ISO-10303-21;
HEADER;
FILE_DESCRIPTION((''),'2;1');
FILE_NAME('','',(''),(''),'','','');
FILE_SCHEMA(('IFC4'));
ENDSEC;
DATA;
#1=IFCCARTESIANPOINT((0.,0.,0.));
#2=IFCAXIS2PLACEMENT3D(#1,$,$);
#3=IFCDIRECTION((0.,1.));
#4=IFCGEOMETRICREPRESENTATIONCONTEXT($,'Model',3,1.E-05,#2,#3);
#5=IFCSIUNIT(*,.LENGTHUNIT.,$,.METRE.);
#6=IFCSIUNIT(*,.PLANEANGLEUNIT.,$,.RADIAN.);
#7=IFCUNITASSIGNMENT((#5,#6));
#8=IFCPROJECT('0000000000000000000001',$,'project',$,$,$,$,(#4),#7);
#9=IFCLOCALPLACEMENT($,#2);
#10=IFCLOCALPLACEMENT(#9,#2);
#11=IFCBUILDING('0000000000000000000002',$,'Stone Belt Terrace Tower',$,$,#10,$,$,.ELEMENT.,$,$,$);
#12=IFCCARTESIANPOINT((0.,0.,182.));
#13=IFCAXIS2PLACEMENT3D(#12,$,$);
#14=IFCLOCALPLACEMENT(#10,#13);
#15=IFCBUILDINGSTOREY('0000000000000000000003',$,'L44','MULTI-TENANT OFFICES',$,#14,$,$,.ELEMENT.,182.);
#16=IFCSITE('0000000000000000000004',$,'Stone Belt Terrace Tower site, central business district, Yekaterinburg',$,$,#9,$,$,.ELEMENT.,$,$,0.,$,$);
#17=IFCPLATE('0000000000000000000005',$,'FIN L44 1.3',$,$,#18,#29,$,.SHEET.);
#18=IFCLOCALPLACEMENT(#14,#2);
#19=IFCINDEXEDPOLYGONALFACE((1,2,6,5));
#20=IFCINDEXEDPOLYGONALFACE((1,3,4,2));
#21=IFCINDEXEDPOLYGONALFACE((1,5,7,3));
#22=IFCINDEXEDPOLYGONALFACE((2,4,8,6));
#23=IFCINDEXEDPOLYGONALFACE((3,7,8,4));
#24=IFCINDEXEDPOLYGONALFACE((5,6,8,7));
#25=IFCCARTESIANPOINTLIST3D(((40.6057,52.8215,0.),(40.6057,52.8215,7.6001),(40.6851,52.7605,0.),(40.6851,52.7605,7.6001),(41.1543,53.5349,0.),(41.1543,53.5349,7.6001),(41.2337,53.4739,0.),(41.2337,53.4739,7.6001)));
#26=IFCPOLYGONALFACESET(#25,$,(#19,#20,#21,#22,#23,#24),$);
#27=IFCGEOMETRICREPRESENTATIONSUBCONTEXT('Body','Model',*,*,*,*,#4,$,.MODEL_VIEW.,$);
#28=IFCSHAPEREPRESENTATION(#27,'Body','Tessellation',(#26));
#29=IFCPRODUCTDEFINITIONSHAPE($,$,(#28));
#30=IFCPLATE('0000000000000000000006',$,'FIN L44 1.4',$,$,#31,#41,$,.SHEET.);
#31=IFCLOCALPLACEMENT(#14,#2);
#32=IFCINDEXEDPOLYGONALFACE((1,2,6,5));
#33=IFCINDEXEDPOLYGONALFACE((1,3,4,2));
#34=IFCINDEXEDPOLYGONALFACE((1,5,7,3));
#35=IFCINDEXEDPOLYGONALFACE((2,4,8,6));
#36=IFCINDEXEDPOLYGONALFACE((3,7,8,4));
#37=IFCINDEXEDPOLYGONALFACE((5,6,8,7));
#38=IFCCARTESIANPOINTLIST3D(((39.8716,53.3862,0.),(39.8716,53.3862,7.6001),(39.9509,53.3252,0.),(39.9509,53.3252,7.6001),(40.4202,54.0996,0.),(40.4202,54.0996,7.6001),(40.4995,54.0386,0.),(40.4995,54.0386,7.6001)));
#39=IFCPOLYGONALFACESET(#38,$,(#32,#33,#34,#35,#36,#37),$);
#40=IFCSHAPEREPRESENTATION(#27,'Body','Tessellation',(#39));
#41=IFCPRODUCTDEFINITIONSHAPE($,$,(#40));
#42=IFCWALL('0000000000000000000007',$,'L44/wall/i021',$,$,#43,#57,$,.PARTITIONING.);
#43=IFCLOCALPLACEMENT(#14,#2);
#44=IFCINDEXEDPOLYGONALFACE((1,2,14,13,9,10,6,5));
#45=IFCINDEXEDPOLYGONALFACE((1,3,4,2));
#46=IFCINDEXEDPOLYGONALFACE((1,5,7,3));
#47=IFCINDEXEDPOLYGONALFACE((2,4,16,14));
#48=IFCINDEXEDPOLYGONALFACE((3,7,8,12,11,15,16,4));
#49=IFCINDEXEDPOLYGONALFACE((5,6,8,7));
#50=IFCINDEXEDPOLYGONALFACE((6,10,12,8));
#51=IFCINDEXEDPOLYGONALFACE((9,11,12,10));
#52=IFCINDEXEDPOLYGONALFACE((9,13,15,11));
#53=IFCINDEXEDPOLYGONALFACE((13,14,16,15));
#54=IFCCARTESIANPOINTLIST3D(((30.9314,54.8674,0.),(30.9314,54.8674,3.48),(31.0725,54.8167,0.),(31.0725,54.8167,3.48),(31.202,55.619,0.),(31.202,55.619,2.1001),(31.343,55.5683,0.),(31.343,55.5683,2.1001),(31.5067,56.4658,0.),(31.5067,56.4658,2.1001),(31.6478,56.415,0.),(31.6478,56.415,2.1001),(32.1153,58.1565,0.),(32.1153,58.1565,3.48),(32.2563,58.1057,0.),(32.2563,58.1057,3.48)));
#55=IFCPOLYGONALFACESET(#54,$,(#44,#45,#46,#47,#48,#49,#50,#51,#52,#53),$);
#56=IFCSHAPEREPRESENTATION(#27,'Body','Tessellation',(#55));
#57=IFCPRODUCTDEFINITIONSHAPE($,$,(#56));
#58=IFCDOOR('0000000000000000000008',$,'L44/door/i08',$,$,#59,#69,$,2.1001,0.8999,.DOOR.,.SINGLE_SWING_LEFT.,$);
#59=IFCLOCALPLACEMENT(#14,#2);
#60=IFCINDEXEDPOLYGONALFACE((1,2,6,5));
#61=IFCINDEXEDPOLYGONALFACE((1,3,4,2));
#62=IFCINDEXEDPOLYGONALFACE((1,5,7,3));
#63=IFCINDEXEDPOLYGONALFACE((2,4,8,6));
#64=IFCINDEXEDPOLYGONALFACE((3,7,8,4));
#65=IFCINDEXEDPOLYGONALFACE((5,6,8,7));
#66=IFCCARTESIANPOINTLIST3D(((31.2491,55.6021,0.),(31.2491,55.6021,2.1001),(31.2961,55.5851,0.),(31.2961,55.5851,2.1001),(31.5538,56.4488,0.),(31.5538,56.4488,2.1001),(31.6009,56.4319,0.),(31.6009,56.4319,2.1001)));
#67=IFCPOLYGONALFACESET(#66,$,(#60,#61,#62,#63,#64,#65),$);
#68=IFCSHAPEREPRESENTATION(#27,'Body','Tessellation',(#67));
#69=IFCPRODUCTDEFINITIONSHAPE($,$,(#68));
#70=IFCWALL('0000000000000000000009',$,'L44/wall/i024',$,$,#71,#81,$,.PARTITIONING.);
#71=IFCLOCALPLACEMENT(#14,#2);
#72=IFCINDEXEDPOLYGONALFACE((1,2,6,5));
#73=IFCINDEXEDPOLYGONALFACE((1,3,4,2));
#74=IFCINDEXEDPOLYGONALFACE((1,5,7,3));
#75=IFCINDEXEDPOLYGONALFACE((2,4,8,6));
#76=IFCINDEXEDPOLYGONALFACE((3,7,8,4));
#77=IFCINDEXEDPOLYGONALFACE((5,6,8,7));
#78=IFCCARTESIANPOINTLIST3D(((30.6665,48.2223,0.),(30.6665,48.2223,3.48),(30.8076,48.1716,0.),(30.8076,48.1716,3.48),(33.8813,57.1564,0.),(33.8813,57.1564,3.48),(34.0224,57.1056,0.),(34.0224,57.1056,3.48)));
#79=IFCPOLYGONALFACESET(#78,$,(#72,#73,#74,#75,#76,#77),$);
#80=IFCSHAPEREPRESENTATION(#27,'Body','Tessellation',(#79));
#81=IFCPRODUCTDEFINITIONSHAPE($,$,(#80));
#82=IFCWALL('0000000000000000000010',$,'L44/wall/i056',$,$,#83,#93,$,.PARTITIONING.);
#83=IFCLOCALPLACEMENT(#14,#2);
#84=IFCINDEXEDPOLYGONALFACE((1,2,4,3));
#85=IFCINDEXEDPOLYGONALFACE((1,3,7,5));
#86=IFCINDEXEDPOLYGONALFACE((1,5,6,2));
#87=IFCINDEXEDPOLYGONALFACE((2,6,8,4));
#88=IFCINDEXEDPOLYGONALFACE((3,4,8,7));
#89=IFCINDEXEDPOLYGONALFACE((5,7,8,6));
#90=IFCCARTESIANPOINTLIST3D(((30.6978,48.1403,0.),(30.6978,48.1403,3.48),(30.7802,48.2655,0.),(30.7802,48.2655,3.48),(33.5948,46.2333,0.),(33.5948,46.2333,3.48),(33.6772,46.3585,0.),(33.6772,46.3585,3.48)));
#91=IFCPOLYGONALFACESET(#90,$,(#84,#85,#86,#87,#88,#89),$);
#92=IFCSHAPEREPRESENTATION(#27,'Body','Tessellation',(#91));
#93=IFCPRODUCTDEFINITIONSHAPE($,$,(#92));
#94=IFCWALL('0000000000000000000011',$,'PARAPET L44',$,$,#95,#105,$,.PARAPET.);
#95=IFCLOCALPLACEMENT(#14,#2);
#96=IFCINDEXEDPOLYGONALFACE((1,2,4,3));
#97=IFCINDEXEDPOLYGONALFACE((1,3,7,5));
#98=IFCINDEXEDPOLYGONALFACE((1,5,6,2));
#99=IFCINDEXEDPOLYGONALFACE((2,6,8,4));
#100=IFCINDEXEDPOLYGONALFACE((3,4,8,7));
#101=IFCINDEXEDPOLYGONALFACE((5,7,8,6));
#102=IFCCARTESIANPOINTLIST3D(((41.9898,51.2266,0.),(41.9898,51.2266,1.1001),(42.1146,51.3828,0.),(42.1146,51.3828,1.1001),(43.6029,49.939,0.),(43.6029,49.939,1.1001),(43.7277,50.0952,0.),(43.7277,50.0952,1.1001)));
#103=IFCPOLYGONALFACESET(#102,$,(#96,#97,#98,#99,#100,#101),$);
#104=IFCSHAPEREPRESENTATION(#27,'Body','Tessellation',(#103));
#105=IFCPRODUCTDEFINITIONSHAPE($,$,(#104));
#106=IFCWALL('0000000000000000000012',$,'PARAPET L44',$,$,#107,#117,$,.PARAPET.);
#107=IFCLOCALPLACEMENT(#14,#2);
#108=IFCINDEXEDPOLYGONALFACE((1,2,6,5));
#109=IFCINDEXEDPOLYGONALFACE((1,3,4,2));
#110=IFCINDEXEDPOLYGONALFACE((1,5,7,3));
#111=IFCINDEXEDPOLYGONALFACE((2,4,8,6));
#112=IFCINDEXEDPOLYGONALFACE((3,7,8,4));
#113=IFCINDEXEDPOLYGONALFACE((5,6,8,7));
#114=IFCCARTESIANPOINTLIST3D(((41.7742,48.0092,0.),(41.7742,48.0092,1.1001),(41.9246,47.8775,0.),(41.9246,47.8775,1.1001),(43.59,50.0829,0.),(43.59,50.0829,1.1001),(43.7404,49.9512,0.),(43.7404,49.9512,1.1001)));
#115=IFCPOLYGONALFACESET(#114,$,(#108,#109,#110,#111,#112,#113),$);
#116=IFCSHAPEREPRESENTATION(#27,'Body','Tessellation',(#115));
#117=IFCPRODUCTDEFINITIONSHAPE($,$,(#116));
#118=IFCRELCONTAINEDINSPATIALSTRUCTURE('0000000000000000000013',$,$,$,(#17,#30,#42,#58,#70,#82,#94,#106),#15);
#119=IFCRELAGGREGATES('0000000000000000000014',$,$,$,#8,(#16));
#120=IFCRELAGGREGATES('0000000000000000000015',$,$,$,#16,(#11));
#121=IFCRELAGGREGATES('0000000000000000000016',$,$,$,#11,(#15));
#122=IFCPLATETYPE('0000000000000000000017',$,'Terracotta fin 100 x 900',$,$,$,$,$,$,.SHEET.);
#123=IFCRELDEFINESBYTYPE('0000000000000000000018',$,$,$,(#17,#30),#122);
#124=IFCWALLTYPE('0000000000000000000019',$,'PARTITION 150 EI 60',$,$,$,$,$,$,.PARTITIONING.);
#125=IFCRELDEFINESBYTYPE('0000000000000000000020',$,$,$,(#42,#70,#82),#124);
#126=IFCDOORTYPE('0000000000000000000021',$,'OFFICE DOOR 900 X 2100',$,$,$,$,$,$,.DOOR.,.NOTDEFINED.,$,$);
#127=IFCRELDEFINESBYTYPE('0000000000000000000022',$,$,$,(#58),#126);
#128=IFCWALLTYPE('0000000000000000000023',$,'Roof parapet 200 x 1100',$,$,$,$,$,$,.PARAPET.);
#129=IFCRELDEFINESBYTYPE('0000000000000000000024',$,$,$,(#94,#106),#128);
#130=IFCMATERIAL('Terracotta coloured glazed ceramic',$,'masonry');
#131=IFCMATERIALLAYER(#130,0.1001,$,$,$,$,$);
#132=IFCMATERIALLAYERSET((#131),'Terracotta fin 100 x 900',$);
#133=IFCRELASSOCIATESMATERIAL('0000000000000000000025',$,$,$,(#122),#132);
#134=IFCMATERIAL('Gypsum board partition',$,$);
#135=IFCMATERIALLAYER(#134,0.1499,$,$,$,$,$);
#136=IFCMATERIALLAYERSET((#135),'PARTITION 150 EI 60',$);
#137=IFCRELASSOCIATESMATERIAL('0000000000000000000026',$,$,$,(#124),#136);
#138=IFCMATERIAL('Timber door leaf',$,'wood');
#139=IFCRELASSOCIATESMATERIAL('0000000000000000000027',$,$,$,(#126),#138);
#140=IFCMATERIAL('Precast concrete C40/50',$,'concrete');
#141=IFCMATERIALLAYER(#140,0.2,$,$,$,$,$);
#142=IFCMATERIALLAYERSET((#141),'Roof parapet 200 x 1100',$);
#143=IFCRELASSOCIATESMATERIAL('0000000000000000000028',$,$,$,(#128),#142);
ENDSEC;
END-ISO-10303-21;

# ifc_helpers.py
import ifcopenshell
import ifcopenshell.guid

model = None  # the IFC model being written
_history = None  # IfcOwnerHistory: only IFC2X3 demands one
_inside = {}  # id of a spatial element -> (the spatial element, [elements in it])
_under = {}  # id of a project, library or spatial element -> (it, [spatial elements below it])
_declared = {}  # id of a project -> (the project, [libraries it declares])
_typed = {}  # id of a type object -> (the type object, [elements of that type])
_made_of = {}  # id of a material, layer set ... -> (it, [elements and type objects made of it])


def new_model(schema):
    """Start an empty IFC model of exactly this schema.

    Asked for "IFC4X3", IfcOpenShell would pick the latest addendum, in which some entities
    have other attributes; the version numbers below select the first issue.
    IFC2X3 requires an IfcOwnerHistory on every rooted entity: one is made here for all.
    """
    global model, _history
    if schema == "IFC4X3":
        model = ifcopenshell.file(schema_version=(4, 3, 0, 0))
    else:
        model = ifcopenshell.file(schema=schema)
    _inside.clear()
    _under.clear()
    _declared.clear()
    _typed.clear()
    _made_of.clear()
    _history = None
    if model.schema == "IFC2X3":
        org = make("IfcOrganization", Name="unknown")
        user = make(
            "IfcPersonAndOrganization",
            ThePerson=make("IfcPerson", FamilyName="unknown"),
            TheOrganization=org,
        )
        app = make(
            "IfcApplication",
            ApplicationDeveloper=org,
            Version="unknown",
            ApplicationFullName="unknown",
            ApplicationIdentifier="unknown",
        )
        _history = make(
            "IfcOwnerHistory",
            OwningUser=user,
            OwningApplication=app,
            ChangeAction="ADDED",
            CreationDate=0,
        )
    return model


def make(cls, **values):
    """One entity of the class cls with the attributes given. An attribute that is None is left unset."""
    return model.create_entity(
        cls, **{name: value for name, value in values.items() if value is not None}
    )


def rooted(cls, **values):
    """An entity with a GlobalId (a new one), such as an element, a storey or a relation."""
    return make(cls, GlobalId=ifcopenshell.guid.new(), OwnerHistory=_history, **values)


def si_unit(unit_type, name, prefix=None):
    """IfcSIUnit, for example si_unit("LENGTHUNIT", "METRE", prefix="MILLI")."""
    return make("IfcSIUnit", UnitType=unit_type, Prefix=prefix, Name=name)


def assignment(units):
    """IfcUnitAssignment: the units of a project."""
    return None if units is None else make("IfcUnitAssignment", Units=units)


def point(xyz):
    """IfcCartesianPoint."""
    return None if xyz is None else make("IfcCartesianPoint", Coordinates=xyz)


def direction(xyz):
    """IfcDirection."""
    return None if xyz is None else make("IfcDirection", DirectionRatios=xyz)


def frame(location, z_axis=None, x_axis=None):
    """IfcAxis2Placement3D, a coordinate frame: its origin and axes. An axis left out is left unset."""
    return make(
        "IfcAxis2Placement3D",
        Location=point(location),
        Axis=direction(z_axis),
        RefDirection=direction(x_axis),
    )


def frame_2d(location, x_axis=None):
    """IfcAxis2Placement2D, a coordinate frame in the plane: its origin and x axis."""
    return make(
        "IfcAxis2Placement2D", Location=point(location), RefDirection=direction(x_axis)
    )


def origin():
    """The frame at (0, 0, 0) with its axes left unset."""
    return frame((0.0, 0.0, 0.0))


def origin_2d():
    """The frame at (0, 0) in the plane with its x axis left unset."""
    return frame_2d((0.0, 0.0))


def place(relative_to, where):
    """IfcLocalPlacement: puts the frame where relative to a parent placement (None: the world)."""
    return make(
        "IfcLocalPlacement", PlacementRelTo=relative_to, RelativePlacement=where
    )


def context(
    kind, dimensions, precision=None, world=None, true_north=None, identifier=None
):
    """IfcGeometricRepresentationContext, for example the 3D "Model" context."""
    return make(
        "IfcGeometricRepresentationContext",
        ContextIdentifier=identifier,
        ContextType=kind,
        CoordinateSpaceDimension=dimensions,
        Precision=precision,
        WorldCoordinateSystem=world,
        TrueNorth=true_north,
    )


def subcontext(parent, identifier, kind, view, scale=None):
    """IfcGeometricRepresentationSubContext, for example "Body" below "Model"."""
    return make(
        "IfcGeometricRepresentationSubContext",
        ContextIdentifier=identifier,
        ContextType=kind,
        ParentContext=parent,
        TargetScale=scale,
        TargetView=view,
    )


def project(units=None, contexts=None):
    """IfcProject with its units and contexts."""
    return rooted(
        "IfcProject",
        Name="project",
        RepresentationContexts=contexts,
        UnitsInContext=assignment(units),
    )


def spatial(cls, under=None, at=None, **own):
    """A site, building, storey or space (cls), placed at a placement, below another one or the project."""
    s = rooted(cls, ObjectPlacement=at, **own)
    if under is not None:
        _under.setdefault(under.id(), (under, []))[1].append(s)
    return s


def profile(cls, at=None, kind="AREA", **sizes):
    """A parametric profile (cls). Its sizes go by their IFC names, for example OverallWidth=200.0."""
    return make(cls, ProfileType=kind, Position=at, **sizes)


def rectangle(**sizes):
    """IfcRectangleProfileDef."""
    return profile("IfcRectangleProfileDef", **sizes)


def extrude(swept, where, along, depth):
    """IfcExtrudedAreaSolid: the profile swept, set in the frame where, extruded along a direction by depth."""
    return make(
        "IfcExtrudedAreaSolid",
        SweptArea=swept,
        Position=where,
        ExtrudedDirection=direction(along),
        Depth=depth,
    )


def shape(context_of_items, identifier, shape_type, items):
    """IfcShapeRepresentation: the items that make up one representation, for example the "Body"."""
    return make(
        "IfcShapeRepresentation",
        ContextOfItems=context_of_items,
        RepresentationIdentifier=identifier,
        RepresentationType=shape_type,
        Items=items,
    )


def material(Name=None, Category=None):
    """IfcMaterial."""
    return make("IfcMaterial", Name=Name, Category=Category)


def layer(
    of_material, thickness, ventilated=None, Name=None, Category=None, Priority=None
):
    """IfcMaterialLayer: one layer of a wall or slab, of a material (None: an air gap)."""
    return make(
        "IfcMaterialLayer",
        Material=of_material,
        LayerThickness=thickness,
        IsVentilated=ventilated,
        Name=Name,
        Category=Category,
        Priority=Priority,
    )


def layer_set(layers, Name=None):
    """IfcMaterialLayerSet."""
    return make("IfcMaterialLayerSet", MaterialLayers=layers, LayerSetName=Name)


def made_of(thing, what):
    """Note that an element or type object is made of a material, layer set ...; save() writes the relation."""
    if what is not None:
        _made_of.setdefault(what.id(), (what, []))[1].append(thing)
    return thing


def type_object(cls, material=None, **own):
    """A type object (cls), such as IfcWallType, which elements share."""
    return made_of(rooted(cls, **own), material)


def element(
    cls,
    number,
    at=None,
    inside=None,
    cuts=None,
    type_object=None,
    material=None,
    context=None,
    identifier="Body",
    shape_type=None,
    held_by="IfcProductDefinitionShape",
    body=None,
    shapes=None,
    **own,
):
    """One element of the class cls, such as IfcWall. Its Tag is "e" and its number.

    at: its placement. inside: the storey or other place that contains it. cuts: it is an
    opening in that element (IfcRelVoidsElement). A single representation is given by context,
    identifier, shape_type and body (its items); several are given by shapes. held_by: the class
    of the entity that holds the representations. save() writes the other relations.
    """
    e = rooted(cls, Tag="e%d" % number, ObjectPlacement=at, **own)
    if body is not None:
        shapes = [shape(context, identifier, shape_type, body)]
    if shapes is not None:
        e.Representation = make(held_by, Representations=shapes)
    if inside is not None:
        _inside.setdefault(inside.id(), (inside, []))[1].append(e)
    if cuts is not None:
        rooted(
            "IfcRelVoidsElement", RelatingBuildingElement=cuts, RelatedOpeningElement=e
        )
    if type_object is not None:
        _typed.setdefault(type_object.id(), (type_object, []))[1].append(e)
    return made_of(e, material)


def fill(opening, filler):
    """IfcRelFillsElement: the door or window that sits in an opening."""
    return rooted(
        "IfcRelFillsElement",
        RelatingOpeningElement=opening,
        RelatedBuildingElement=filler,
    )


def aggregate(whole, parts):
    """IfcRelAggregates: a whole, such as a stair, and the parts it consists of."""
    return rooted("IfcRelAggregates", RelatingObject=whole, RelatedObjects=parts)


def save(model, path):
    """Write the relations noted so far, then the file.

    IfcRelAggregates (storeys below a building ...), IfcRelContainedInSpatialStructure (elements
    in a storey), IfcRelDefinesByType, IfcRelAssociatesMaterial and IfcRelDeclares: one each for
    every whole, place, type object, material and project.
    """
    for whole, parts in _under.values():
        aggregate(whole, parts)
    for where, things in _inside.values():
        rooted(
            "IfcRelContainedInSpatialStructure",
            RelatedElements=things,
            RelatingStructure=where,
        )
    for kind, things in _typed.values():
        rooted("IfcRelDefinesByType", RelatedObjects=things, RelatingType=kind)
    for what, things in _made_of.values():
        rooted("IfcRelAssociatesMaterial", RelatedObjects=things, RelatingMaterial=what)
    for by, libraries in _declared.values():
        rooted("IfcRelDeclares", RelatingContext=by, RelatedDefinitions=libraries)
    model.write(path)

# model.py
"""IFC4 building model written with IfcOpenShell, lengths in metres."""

from ifc_helpers import new_model, si_unit, direction, frame, frame_2d, origin, origin_2d, place, context, subcontext, project, spatial, rectangle, extrude, material, layer, layer_set, type_object, element, fill, save


model = new_model("IFC4")

# Units and contexts
model_context = context("Model", 3, precision=1e-05, world=origin(), true_north=direction((0.0, 1.0)))
body_context = subcontext(model_context, "Body", "Model", "MODEL_VIEW")
ifc_project = project(units=[si_unit("LENGTHUNIT", "METRE"), si_unit("PLANEANGLEUNIT", "RADIAN")], contexts=[model_context])

# Site, building, storey
site_placement = place(None, origin())
site = spatial("IfcSite", under=ifc_project, at=site_placement, Name="Stone Belt Terrace Tower site, central business district, Yekaterinburg", CompositionType="ELEMENT", RefElevation=0.0)
building_placement = place(site_placement, origin())
building = spatial("IfcBuilding", under=site, at=building_placement, Name="Stone Belt Terrace Tower", CompositionType="ELEMENT")
storey_placement = place(building_placement, frame((0.0, 0.0, 182.0)))
storey = spatial("IfcBuildingStorey", under=building, at=storey_placement, Name="L44", Description="MULTI-TENANT OFFICES", CompositionType="ELEMENT", Elevation=182.0)

# Plates
ifc_material_1 = material(Name="Terracotta coloured glazed ceramic", Category="masonry")
ifc_layer_1 = layer(ifc_material_1, 0.1001)
ifc_layer_set_1 = layer_set([ifc_layer_1], Name="Terracotta fin 100 x 900")
plate_type_1 = type_object("IfcPlateType", Name="Terracotta fin 100 x 900", PredefinedType="SHEET", material=ifc_layer_set_1)
for number, where, z_axis, x_axis, name in (
    (1, (40.9197, 53.1477, 0.0), (0.0, 0.0, 1.0), (0.60962, 0.792694, 0.0), "FIN L44 1.3"),
    (2, (40.1855, 53.7124, 0.0), (0.0, 0.0, 1.0), (0.60962, 0.792694, 0.0), "FIN L44 1.4"),
):
    element("IfcPlate", number, at=place(storey_placement, frame(where, z_axis=z_axis, x_axis=x_axis)), inside=storey, type_object=plate_type_1, Name=name, PredefinedType="SHEET", context=body_context, shape_type="SweptSolid", body=[
        extrude(rectangle(XDim=0.8999, YDim=0.1001, at=origin_2d()), origin(), (0.0, 0.0, 1.0), 7.6001),
    ])

# Wall, opening, door
ifc_material_2 = material(Name="Gypsum board partition")
ifc_layer_2 = layer(ifc_material_2, 0.1499)
ifc_layer_set_2 = layer_set([ifc_layer_2], Name="PARTITION 150 EI 60")
wall_type_1 = type_object("IfcWallType", Name="PARTITION 150 EI 60", PredefinedType="PARTITIONING", material=ifc_layer_set_2)
wall_1_placement = place(storey_placement, frame((31.002, 54.842, 0.0), z_axis=(0.0, 0.0, 1.0), x_axis=(0.338663, 0.940908, 0.0)))
wall_1 = element("IfcWall", 3, at=wall_1_placement, inside=storey, type_object=wall_type_1, Name="L44/wall/i021", PredefinedType="PARTITIONING", context=body_context, shape_type="SweptSolid", body=[
    extrude(rectangle(XDim=3.4956, YDim=0.1499, at=frame_2d((1.7478, 0.0))), origin(), (0.0, 0.0, 1.0), 3.48),
])
opening_placement = place(wall_1_placement, frame((0.7988, 0.0, 0.0)))
opening = element("IfcOpeningElement", 4, at=opening_placement, cuts=wall_1, PredefinedType="OPENING", context=body_context, shape_type="SweptSolid", body=[
    extrude(rectangle(XDim=0.8999, YDim=2.1001, at=frame_2d((0.45, 1.05))), frame((0.0, 0.085, 0.0), z_axis=(0.0, -1.0, 0.0), x_axis=(1.0, 0.0, 0.0)), (0.0, 0.0, 1.0), 0.1699),
])
ifc_material_3 = material(Name="Timber door leaf", Category="wood")
door_type = type_object("IfcDoorType", Name="OFFICE DOOR 900 X 2100", OperationType="NOTDEFINED", PredefinedType="DOOR", material=ifc_material_3)
door_placement = place(opening_placement, origin())
door = element("IfcDoor", 5, at=door_placement, inside=storey, type_object=door_type, Name="L44/door/i08", OperationType="SINGLE_SWING_LEFT", OverallHeight=2.1001, OverallWidth=0.8999, PredefinedType="DOOR", context=body_context, shape_type="SweptSolid", body=[
    extrude(rectangle(XDim=0.8999, YDim=2.1001, at=frame_2d((0.45, 1.05))), frame((0.0, 0.0249, 0.0), z_axis=(0.0, -1.0, 0.0), x_axis=(1.0, 0.0, 0.0)), (0.0, 0.0, 1.0), 0.05),
])
fill(opening, door)

# Walls
wall_2_placement = place(storey_placement, frame((33.9519, 57.1311, 0.0), z_axis=(0.0, 0.0, 1.0), x_axis=(-0.338587, -0.940935, 0.0)))
element("IfcWall", 6, at=wall_2_placement, inside=storey, type_object=wall_type_1, Name="L44/wall/i024", PredefinedType="PARTITIONING", context=body_context, shape_type="SweptSolid", body=[
    extrude(rectangle(XDim=9.4949, YDim=0.1499, at=frame_2d((4.7476, 0.0))), origin(), (0.0, 0.0, 1.0), 3.48),
])
wall_3_placement = place(storey_placement, frame((30.739, 48.2029, 0.0), z_axis=(0.0, 0.0, 1.0), x_axis=(0.835274, -0.549834, 0.0)))
element("IfcWall", 7, at=wall_3_placement, inside=storey, type_object=wall_type_1, Name="L44/wall/i056", PredefinedType="PARTITIONING", context=body_context, shape_type="SweptSolid", body=[
    extrude(rectangle(XDim=3.4683, YDim=0.1499, at=frame_2d((1.7341, 0.0))), origin(), (0.0, 0.0, 1.0), 3.48),
])
ifc_material_4 = material(Name="Precast concrete C40/50", Category="concrete")
ifc_layer_3 = layer(ifc_material_4, 0.2)
ifc_layer_set_3 = layer_set([ifc_layer_3], Name="Roof parapet 200 x 1100")
wall_type_2 = type_object("IfcWallType", Name="Roof parapet 200 x 1100", PredefinedType="PARAPET", material=ifc_layer_set_3)
wall_4_placement = place(storey_placement, frame((43.6653, 50.0171, 0.0), z_axis=(0.0, 0.0, 1.0), x_axis=(-0.781538, 0.623858, 0.0)))
element("IfcWall", 8, at=wall_4_placement, inside=storey, type_object=wall_type_2, Name="PARAPET L44", PredefinedType="PARAPET", context=body_context, shape_type="SweptSolid", body=[
    extrude(rectangle(XDim=2.064, YDim=0.2, at=frame_2d((1.032, 0.0))), origin(), (0.0, 0.0, 1.0), 1.1001),
])
wall_5_placement = place(storey_placement, frame((41.8494, 47.9434, 0.0), z_axis=(0.0, 0.0, 1.0), x_axis=(0.658793, 0.752324, 0.0)))
element("IfcWall", 9, at=wall_5_placement, inside=storey, type_object=wall_type_2, Name="PARAPET L44", PredefinedType="PARAPET", context=body_context, shape_type="SweptSolid", body=[
    extrude(rectangle(XDim=2.7563, YDim=0.2, at=frame_2d((1.3782, 0.0))), origin(), (0.0, 0.0, 1.0), 1.1001),
])

save(model, "model.ifc")
